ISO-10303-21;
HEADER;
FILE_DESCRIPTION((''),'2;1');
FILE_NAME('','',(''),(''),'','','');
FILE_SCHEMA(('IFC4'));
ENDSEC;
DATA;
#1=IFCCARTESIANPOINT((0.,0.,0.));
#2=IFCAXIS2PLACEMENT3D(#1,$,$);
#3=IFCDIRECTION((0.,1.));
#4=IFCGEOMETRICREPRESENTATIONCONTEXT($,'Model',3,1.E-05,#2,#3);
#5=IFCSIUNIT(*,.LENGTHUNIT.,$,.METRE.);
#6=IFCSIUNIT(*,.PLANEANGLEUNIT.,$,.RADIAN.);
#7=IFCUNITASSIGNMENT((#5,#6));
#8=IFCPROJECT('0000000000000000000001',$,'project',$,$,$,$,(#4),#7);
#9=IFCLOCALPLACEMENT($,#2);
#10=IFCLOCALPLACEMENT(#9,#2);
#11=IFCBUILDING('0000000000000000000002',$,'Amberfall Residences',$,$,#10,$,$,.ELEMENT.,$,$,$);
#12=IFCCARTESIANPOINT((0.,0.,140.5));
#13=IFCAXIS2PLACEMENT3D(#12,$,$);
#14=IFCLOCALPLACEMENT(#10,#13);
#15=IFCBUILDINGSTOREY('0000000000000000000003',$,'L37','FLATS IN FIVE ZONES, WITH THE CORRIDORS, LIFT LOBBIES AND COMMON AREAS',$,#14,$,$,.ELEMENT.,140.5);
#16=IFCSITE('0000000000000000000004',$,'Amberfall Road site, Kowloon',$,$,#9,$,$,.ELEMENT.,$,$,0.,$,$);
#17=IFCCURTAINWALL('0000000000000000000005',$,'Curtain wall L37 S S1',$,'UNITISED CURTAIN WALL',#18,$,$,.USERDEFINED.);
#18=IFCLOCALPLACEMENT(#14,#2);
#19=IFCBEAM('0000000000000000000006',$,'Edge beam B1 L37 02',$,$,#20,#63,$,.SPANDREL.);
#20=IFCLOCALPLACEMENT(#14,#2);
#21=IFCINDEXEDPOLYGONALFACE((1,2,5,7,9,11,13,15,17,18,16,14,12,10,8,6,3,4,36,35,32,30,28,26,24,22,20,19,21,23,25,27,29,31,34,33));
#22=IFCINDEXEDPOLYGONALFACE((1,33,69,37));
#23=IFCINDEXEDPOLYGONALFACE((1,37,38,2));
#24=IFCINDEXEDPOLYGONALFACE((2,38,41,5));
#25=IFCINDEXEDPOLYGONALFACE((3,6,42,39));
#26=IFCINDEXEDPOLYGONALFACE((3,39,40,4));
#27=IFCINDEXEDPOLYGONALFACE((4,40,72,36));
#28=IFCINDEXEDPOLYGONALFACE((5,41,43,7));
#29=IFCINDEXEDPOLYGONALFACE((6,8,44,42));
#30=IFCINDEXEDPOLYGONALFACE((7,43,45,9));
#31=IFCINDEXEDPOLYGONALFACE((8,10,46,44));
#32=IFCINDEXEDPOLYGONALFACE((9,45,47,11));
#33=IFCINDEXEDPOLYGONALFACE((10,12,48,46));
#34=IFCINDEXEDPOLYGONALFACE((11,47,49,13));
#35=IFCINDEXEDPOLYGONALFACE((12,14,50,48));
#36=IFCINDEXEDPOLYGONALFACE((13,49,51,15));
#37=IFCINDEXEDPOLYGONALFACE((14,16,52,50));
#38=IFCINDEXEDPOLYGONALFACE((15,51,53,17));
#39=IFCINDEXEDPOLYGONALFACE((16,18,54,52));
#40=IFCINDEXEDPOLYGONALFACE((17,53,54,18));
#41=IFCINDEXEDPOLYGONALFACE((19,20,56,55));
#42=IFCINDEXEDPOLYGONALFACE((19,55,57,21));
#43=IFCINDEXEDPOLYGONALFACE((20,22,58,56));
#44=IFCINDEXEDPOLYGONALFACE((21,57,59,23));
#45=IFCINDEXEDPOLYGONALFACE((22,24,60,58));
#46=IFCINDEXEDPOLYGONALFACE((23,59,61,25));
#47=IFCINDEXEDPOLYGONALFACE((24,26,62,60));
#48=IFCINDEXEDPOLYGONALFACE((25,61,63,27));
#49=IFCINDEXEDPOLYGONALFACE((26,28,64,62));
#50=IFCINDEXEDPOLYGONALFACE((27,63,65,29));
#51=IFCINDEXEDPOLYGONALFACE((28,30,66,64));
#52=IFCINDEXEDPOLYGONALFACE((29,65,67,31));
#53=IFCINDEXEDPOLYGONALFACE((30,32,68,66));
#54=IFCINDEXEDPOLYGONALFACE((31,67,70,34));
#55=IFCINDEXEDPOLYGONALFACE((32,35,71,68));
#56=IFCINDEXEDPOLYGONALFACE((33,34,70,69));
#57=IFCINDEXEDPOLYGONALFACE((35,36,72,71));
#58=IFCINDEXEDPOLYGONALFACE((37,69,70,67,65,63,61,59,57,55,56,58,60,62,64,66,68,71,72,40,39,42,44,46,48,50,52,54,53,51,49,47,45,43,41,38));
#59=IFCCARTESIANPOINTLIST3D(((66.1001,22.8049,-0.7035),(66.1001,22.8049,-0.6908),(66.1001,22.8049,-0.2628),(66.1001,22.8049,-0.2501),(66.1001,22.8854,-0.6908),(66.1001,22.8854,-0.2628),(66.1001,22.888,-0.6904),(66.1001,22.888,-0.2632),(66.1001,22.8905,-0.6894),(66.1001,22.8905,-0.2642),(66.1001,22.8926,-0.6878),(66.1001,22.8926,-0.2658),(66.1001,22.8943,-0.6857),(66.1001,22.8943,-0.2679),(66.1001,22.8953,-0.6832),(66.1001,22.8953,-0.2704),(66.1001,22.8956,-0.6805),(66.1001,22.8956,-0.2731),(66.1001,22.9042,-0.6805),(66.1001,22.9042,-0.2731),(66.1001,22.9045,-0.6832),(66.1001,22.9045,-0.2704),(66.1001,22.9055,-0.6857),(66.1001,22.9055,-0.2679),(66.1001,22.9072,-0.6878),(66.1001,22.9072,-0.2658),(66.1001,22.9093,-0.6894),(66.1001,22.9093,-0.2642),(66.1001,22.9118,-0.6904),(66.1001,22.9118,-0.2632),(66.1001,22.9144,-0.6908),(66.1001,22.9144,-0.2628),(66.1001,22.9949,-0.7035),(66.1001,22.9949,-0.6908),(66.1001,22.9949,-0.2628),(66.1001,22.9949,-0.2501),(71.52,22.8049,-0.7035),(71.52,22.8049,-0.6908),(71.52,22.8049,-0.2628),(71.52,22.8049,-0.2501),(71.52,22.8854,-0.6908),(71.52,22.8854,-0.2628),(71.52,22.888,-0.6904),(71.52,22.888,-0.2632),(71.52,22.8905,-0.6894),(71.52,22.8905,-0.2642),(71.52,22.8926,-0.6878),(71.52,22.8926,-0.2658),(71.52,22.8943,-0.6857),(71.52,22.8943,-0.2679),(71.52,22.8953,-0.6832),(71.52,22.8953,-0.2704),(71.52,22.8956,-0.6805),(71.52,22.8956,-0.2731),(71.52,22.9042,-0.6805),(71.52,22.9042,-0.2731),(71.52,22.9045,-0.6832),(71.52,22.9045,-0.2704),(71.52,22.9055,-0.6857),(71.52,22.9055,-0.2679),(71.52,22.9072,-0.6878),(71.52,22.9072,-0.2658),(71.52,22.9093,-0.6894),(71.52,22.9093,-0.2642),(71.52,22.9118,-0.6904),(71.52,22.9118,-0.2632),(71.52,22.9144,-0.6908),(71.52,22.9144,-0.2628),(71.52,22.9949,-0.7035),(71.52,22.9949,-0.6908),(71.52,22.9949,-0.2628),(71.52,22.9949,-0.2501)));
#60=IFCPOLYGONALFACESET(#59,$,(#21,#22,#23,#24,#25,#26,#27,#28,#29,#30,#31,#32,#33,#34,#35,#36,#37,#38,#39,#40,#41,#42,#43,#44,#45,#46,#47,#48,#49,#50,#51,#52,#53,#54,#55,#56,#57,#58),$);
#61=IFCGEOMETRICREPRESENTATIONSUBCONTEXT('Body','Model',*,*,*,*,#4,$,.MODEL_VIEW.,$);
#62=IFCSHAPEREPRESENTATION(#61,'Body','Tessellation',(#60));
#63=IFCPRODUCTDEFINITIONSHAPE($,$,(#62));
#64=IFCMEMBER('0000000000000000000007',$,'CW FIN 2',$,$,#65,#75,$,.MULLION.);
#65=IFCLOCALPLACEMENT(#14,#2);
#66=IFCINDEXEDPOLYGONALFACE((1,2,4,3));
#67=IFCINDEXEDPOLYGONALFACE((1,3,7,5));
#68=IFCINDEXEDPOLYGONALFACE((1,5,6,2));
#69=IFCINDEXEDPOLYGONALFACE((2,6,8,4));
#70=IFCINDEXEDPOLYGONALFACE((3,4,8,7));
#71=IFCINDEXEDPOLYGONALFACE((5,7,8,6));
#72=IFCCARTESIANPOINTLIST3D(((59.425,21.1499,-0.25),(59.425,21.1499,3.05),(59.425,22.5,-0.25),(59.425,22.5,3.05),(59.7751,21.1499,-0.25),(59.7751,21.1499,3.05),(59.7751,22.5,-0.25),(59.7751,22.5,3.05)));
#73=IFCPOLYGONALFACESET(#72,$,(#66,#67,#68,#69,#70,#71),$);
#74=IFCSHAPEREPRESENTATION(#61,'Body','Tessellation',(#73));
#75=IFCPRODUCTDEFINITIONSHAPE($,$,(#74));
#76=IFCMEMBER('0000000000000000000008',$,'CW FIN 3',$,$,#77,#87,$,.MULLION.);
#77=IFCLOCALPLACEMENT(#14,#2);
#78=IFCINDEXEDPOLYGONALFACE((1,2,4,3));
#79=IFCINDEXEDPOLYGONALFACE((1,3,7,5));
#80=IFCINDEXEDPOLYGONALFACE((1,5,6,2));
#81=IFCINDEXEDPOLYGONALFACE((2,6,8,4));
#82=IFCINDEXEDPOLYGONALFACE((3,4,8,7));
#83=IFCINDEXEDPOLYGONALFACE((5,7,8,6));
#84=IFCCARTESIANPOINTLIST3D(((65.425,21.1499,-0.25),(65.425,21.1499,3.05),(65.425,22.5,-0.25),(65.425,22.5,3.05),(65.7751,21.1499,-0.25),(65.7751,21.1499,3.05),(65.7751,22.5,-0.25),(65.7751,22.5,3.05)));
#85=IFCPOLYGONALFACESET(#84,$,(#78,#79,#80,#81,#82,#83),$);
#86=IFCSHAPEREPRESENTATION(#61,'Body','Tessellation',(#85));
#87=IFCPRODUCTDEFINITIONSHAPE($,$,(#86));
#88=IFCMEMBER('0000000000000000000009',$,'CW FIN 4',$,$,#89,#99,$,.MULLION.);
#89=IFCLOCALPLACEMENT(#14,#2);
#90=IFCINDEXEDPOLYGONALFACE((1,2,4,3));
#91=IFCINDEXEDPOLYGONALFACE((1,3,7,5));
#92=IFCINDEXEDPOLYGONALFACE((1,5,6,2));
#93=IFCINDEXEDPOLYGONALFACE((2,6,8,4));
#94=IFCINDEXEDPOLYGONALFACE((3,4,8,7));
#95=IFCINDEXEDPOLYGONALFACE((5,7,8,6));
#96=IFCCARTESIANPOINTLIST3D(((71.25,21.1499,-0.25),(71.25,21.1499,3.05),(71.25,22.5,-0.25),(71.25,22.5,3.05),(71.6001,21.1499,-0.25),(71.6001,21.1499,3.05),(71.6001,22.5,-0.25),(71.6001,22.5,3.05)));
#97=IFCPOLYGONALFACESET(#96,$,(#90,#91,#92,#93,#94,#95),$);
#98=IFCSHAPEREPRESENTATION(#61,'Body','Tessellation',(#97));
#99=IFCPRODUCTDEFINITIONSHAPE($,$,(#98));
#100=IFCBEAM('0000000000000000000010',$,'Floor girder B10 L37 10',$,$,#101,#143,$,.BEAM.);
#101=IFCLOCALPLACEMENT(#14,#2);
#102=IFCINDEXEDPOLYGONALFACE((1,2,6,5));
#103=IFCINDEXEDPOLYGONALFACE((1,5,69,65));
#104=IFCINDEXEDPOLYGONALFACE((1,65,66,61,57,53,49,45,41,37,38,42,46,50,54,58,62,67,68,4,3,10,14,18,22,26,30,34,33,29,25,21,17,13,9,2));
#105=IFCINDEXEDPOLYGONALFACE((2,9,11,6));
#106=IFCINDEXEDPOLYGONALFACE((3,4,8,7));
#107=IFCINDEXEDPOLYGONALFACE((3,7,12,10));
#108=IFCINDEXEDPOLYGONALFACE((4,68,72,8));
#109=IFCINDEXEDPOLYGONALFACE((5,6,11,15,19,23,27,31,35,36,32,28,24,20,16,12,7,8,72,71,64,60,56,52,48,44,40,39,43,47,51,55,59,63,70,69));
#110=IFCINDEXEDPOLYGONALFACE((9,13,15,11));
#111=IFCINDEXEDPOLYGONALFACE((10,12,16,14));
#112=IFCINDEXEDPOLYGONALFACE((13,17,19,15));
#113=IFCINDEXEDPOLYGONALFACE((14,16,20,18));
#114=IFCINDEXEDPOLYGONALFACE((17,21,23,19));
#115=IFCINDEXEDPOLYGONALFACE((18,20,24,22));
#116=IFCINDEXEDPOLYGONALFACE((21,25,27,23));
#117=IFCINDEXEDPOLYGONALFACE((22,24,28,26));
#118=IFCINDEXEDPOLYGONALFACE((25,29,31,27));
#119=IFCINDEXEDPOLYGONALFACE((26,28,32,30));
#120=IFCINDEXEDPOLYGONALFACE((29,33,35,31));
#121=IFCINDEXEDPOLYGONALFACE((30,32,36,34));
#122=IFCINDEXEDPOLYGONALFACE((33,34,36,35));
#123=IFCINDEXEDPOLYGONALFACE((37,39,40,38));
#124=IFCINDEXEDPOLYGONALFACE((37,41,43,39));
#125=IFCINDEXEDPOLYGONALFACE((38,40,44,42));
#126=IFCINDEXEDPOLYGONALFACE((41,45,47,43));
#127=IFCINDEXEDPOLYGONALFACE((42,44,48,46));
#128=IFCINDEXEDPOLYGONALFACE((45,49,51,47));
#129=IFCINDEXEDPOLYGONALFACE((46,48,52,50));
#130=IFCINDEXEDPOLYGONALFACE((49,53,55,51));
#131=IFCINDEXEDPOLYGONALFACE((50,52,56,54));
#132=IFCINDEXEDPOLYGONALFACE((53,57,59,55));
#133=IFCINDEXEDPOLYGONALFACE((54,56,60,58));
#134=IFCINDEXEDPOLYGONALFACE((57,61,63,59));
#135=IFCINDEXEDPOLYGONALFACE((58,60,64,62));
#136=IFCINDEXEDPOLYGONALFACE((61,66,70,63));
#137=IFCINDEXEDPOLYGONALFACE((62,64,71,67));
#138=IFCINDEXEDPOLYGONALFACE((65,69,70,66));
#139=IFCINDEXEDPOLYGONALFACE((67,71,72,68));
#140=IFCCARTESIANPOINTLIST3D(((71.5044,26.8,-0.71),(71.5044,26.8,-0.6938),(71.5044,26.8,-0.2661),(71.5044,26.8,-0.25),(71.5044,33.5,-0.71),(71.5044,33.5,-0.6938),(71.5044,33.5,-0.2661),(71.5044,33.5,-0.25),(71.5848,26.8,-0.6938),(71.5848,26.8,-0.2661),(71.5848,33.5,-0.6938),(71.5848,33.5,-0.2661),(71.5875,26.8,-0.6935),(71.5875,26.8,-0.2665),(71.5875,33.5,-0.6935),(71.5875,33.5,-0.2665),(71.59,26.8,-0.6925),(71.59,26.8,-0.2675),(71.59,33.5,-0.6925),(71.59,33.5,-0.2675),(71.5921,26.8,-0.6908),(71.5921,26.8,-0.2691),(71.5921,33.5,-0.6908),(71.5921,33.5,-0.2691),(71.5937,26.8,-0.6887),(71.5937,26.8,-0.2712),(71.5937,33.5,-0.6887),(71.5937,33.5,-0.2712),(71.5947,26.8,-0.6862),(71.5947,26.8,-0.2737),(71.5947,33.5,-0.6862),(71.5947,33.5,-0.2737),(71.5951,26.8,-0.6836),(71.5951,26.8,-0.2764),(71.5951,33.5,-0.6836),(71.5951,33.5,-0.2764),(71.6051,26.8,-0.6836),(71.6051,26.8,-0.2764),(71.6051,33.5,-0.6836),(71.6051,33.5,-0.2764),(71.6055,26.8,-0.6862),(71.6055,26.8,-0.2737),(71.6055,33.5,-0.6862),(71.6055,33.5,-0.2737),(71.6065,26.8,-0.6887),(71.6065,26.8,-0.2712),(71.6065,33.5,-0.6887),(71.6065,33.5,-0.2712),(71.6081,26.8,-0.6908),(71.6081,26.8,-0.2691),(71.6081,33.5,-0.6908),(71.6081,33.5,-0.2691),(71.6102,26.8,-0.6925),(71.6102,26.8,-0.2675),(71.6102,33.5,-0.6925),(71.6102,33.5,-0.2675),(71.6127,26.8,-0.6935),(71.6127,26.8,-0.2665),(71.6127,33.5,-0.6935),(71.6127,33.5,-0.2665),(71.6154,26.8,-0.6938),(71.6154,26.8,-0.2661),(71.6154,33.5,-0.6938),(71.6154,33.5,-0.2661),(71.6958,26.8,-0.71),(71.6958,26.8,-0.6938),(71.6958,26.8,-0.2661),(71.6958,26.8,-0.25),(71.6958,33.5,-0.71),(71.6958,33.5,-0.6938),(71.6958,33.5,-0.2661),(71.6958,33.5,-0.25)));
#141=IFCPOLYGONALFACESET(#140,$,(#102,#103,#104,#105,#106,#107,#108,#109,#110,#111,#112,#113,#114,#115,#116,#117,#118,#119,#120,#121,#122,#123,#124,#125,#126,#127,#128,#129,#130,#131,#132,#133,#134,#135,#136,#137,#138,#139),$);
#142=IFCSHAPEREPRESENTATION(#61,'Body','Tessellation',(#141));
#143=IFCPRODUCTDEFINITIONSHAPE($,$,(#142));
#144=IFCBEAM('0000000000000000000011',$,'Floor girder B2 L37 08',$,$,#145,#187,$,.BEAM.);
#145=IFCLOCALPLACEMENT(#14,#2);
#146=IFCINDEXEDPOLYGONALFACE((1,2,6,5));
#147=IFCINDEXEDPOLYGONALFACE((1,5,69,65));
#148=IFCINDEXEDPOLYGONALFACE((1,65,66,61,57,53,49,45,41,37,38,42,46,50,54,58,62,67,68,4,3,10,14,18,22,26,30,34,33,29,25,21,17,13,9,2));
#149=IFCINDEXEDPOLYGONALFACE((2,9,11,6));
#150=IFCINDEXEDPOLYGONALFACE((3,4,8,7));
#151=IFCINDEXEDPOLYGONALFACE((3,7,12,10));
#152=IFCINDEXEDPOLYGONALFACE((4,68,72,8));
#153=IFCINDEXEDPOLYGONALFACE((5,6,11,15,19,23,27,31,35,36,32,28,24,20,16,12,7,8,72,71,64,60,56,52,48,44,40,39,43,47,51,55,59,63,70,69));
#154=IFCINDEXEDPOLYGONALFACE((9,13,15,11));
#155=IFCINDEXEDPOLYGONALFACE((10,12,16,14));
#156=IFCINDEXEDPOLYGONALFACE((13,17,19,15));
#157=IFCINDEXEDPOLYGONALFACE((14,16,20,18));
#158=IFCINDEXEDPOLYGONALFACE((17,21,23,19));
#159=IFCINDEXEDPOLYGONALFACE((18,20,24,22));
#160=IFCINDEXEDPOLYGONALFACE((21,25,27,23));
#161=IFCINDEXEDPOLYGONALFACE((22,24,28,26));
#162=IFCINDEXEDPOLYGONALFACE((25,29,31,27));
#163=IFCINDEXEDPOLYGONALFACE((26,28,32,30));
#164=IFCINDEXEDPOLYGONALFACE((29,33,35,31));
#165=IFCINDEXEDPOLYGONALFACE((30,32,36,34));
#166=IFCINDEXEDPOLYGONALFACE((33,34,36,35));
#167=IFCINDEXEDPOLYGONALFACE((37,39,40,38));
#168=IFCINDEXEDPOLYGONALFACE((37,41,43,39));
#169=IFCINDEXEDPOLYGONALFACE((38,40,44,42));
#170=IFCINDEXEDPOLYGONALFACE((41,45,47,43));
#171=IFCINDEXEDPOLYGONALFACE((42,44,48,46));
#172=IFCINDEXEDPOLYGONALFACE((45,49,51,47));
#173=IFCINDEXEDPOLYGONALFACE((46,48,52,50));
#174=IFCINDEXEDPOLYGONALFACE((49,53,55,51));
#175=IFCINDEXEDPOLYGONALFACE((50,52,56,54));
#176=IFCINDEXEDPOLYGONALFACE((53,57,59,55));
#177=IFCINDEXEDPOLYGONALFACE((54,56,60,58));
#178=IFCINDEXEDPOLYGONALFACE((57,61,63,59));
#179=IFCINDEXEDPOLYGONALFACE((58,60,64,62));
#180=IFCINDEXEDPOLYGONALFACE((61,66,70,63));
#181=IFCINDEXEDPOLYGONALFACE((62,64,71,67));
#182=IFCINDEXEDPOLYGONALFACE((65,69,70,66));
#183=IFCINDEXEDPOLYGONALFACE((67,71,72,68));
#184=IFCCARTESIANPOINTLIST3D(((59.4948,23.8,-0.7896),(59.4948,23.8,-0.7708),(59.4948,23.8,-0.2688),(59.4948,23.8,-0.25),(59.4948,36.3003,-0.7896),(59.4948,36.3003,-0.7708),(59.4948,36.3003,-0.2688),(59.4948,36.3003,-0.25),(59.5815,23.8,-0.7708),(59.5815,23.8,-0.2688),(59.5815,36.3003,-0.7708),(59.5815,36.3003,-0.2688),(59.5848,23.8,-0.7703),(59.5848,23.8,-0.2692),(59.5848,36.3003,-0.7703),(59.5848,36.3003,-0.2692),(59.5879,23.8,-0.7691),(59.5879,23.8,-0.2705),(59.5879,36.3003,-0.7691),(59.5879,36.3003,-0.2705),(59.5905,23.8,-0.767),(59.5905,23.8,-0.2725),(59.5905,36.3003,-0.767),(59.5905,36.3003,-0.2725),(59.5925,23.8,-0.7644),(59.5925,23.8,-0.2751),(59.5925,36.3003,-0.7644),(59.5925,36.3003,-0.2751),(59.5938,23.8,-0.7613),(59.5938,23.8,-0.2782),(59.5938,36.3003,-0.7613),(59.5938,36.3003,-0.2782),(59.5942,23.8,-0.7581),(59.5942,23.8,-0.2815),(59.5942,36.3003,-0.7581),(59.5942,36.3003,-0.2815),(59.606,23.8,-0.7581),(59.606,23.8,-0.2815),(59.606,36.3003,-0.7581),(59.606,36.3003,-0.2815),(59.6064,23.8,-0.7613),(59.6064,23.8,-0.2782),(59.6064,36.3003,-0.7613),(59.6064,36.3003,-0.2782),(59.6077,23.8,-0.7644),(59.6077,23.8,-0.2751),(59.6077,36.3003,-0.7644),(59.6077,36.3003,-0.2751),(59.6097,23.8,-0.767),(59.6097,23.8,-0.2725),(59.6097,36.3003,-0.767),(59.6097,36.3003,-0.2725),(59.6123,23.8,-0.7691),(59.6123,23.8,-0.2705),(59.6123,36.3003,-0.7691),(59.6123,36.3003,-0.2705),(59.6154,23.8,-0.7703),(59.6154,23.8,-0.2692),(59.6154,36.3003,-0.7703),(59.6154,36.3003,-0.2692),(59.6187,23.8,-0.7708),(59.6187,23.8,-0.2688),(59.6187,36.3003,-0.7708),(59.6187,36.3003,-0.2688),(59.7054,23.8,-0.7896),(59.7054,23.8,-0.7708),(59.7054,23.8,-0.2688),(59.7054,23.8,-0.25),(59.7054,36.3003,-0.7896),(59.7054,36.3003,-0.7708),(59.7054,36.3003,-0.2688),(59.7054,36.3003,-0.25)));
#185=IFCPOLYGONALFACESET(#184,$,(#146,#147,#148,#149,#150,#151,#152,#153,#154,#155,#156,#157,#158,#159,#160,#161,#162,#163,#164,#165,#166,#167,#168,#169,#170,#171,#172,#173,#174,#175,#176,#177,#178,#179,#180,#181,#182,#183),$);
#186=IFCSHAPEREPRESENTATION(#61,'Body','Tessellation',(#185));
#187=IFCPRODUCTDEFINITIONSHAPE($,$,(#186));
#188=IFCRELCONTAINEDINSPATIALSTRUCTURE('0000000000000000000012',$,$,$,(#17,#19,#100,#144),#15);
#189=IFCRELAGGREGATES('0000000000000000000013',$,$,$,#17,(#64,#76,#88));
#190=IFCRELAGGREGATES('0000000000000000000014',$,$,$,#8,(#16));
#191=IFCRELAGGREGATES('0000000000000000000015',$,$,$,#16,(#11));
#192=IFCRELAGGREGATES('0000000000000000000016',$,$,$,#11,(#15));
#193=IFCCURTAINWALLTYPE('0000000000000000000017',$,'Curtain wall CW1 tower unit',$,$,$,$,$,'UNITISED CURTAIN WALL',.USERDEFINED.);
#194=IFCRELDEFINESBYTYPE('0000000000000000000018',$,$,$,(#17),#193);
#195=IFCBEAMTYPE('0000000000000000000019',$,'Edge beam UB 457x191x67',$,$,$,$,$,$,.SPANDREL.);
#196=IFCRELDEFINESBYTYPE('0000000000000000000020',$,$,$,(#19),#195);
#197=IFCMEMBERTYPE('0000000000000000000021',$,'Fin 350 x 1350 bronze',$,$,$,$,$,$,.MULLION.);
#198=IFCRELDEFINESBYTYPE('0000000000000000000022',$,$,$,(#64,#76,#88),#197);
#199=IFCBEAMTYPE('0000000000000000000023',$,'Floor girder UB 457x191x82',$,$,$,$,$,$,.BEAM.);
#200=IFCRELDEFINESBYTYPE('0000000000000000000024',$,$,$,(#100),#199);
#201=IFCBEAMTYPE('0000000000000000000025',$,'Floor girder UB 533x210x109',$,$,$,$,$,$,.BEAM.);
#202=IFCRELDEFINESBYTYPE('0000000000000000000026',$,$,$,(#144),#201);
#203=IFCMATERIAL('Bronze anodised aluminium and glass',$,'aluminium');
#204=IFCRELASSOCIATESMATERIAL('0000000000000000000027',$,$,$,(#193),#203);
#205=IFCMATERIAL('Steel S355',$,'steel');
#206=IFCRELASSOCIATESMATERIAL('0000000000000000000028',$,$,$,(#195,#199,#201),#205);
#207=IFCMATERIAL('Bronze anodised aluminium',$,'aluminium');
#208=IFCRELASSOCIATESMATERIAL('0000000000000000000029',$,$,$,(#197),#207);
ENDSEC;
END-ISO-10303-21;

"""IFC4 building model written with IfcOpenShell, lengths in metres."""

from ifc_helpers import new_model, si_unit, direction, frame, origin, origin_2d, place, context, subcontext, project, spatial, rectangle, i_section, extrude, material, material_profile, profile_set, type_object, element, aggregate, save


model = new_model("IFC4")

# Units and contexts
model_context = context("Model", 3, precision=1e-05, world=origin(), true_north=direction((0.0, 1.0)))
body_context = subcontext(model_context, "Body", "Model", "MODEL_VIEW")
ifc_project = project(units=[si_unit("LENGTHUNIT", "METRE"), si_unit("PLANEANGLEUNIT", "RADIAN")], contexts=[model_context])

# Site, building, storey
site_placement = place(None, origin())
site = spatial("IfcSite", under=ifc_project, at=site_placement, Name="Amberfall Road site, Kowloon", CompositionType="ELEMENT", RefElevation=0.0)
building_placement = place(site_placement, origin())
building = spatial("IfcBuilding", under=site, at=building_placement, Name="Amberfall Residences", CompositionType="ELEMENT")
storey_placement = place(building_placement, frame((0.0, 0.0, 140.5)))
storey = spatial("IfcBuildingStorey", under=building, at=storey_placement, Name="L37", Description="FLATS IN FIVE ZONES, WITH THE CORRIDORS, LIFT LOBBIES AND COMMON AREAS", CompositionType="ELEMENT", Elevation=140.5)

# Curtain wall
ifc_material_1 = material(Name="Bronze anodised aluminium and glass", Category="aluminium")
curtain_wall_type = type_object("IfcCurtainWallType", Name="Curtain wall CW1 tower unit", ElementType="UNITISED CURTAIN WALL", PredefinedType="USERDEFINED", material=ifc_material_1)
curtain_wall_placement = place(storey_placement, origin())
curtain_wall = element("IfcCurtainWall", 1, at=curtain_wall_placement, inside=storey, type_object=curtain_wall_type, Name="Curtain wall L37 S S1", ObjectType="UNITISED CURTAIN WALL", PredefinedType="USERDEFINED")
ifc_material_2 = material(Name="Bronze anodised aluminium", Category="aluminium")

# Beam
ifc_material_3 = material(Name="Steel S355", Category="steel")
ifc_material_profile_1 = material_profile(ifc_material_3, i_section(OverallWidth=0.1899, OverallDepth=0.4534, WebThickness=0.0085, FlangeThickness=0.0127, FilletRadius=0.0103, at=origin_2d()), Name="UB 457x191x67")
ifc_profile_set_1 = profile_set([ifc_material_profile_1], Name="Steel S355")
beam_type_1 = type_object("IfcBeamType", Name="Edge beam UB 457x191x67", PredefinedType="SPANDREL", material=ifc_profile_set_1)
beam_1_placement = place(storey_placement, frame((66.1001, 22.8999, -0.4768), z_axis=(1.0, 0.0, 0.0), x_axis=(0.0, 1.0, 0.0)))
element("IfcBeam", 2, at=beam_1_placement, inside=storey, type_object=beam_type_1, Name="Edge beam B1 L37 02", PredefinedType="SPANDREL", context=body_context, shape_type="SweptSolid", body=[
    extrude(i_section(OverallWidth=0.1899, OverallDepth=0.4534, WebThickness=0.0085, FlangeThickness=0.0127, FilletRadius=0.0103, at=origin_2d()), origin(), (0.0, 0.0, 1.0), 5.4199),
])

# Members
ifc_material_profile_2 = material_profile(ifc_material_2, rectangle(XDim=1.3501, YDim=0.3501, at=origin_2d()), Name="Fin 350 x 1350 bronze")
ifc_profile_set_2 = profile_set([ifc_material_profile_2], Name="Bronze anodised aluminium")
member_type_1 = type_object("IfcMemberType", Name="Fin 350 x 1350 bronze", PredefinedType="MULLION", material=ifc_profile_set_2)
member_1_placement = place(storey_placement, frame((59.6001, 21.825, -0.25), z_axis=(0.0, 0.0, 1.0), x_axis=(0.0, 1.0, 0.0)))
member_1 = element("IfcMember", 3, at=member_1_placement, type_object=member_type_1, Name="CW FIN 2", PredefinedType="MULLION", context=body_context, shape_type="SweptSolid", body=[
    extrude(rectangle(XDim=1.3501, YDim=0.3501, at=origin_2d()), origin(), (0.0, 0.0, 1.0), 3.3),
])
member_2_placement = place(storey_placement, frame((65.6001, 21.825, -0.25), z_axis=(0.0, 0.0, 1.0), x_axis=(0.0, 1.0, 0.0)))
member_2 = element("IfcMember", 4, at=member_2_placement, type_object=member_type_1, Name="CW FIN 3", PredefinedType="MULLION", context=body_context, shape_type="SweptSolid", body=[
    extrude(rectangle(XDim=1.3501, YDim=0.3501, at=origin_2d()), origin(), (0.0, 0.0, 1.0), 3.3),
])
member_3_placement = place(storey_placement, frame((71.425, 21.825, -0.25), z_axis=(0.0, 0.0, 1.0), x_axis=(0.0, 1.0, 0.0)))
member_3 = element("IfcMember", 5, at=member_3_placement, type_object=member_type_1, Name="CW FIN 4", PredefinedType="MULLION", context=body_context, shape_type="SweptSolid", body=[
    extrude(rectangle(XDim=1.3501, YDim=0.3501, at=origin_2d()), origin(), (0.0, 0.0, 1.0), 3.3),
])

# Beams
ifc_material_profile_3 = material_profile(ifc_material_3, i_section(OverallWidth=0.1914, OverallDepth=0.46, WebThickness=0.01, FlangeThickness=0.0161, FilletRadius=0.0103, at=origin_2d()), Name="UB 457x191x82")
ifc_profile_set_3 = profile_set([ifc_material_profile_3], Name="Steel S355")
beam_type_2 = type_object("IfcBeamType", Name="Floor girder UB 457x191x82", PredefinedType="BEAM", material=ifc_profile_set_3)
beam_2_placement = place(storey_placement, frame((71.6001, 26.8, -0.48), z_axis=(0.0, 1.0, 0.0), x_axis=(-1.0, 0.0, 0.0)))
element("IfcBeam", 6, at=beam_2_placement, inside=storey, type_object=beam_type_2, Name="Floor girder B10 L37 10", PredefinedType="BEAM", context=body_context, shape_type="SweptSolid", body=[
    extrude(i_section(OverallWidth=0.1914, OverallDepth=0.46, WebThickness=0.01, FlangeThickness=0.0161, FilletRadius=0.0103, at=origin_2d()), origin(), (0.0, 0.0, 1.0), 6.7),
])
ifc_material_profile_4 = material_profile(ifc_material_3, i_section(OverallWidth=0.2107, OverallDepth=0.5396, WebThickness=0.0117, FlangeThickness=0.0188, FilletRadius=0.0127, at=origin_2d()), Name="UB 533x210x109")
ifc_profile_set_4 = profile_set([ifc_material_profile_4], Name="Steel S355")
beam_type_3 = type_object("IfcBeamType", Name="Floor girder UB 533x210x109", PredefinedType="BEAM", material=ifc_profile_set_4)
beam_3_placement = place(storey_placement, frame((59.6001, 23.8, -0.5198), z_axis=(0.0, 1.0, 0.0), x_axis=(-1.0, 0.0, 0.0)))
element("IfcBeam", 7, at=beam_3_placement, inside=storey, type_object=beam_type_3, Name="Floor girder B2 L37 08", PredefinedType="BEAM", context=body_context, shape_type="SweptSolid", body=[
    extrude(i_section(OverallWidth=0.2107, OverallDepth=0.5396, WebThickness=0.0117, FlangeThickness=0.0188, FilletRadius=0.0127, at=origin_2d()), origin(), (0.0, 0.0, 1.0), 12.5002),
])

aggregate(curtain_wall, [member_1, member_2, member_3])

save(model, "model.ifc")
